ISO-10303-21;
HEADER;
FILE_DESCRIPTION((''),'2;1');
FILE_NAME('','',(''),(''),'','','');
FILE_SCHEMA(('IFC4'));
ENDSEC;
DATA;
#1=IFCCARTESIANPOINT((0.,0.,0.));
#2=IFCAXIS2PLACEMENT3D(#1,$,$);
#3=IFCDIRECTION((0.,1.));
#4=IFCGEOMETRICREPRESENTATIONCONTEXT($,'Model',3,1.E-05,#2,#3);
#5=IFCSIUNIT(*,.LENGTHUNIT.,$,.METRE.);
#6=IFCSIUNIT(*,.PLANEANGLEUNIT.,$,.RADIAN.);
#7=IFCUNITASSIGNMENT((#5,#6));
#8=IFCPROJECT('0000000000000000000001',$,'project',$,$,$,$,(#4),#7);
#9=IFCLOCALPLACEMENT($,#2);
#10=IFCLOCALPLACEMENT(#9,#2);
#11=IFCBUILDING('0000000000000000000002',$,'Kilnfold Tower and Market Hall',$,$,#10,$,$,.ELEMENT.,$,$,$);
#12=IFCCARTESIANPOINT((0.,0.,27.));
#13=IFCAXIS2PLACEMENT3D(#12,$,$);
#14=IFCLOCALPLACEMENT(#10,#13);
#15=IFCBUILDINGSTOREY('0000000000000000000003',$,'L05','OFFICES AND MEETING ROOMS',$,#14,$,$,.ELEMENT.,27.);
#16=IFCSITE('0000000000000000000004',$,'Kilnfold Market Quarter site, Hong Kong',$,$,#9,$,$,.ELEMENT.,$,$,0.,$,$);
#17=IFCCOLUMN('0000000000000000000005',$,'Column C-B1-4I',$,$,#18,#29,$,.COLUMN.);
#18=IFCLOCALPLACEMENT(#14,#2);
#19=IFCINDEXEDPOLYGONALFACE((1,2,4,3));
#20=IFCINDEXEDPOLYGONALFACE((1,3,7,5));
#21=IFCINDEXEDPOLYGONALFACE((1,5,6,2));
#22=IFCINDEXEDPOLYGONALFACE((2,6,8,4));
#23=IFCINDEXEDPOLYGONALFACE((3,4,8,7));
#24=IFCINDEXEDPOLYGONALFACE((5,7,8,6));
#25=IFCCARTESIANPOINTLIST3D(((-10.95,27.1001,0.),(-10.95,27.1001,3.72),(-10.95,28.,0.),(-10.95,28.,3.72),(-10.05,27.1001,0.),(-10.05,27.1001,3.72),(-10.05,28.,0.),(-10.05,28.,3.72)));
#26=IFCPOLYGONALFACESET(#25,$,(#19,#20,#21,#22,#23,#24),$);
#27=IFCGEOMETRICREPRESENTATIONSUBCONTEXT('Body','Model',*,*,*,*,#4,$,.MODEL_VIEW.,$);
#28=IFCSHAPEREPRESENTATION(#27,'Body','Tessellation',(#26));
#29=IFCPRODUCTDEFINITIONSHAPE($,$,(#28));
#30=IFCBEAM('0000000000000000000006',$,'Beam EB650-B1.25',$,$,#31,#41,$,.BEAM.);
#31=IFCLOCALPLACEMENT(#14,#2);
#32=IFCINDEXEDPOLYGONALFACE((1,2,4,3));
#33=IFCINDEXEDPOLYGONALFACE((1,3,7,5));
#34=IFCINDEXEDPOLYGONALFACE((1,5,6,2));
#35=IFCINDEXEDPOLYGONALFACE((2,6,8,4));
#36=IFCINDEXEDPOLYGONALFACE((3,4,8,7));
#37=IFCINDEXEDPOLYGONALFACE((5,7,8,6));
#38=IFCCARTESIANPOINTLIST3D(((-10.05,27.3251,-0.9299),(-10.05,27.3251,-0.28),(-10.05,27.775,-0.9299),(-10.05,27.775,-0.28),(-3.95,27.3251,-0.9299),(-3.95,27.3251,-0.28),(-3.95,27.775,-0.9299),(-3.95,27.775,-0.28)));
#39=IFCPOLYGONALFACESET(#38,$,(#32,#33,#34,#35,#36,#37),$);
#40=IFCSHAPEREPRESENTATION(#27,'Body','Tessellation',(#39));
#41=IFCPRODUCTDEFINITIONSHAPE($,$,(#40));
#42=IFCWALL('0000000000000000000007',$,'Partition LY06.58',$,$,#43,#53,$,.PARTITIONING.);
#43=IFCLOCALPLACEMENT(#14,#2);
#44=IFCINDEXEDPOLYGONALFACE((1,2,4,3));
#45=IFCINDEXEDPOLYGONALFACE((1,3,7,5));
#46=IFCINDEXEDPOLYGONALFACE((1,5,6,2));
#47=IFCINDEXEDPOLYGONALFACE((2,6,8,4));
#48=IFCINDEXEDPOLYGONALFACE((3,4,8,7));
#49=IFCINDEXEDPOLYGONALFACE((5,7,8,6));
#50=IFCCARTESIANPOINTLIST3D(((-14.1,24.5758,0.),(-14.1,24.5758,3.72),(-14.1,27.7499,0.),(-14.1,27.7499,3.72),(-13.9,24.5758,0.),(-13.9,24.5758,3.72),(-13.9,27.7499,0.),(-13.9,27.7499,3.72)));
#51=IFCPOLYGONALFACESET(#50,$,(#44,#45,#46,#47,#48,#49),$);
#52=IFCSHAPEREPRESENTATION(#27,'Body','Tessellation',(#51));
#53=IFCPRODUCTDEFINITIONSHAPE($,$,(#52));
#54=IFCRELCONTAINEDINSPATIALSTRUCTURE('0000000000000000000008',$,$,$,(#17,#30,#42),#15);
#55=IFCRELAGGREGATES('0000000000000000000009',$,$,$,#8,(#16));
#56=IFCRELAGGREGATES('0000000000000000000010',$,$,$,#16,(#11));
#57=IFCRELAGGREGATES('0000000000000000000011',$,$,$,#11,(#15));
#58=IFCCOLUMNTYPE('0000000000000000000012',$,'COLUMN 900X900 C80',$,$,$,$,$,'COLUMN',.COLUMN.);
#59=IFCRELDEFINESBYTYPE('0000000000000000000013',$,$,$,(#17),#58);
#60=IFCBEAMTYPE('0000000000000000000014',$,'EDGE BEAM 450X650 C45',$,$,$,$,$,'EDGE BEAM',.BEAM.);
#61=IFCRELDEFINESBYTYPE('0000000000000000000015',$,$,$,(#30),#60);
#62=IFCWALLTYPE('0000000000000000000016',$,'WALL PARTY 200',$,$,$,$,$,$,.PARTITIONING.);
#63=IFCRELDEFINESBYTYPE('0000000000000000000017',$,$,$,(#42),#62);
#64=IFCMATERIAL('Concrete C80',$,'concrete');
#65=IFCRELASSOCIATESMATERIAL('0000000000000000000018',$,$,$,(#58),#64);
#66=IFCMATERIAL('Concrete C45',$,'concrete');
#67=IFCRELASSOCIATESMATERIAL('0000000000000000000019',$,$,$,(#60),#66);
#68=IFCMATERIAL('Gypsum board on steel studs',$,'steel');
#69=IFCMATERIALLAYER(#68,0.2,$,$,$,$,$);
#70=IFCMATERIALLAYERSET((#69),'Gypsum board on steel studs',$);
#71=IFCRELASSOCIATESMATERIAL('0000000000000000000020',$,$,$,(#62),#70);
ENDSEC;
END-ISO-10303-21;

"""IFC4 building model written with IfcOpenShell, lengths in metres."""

from ifc_helpers import new_model, si_unit, direction, frame, frame_2d, origin, origin_2d, place, context, subcontext, project, spatial, rectangle, extrude, source, transform, mapped, material, layer, layer_set, material_profile, profile_set, type_object, element, save


model = new_model("IFC4")

# Units and contexts
model_context = context("Model", 3, precision=1e-05, world=origin(), true_north=direction((0.0, 1.0)))
body_context = subcontext(model_context, "Body", "Model", "MODEL_VIEW")
ifc_project = project(units=[si_unit("LENGTHUNIT", "METRE"), si_unit("PLANEANGLEUNIT", "RADIAN")], contexts=[model_context])

# Site, building, storey
site_placement = place(None, origin())
site = spatial("IfcSite", under=ifc_project, at=site_placement, Name="Kilnfold Market Quarter site, Hong Kong", CompositionType="ELEMENT", RefElevation=0.0)
building_placement = place(site_placement, origin())
building = spatial("IfcBuilding", under=site, at=building_placement, Name="Kilnfold Tower and Market Hall", CompositionType="ELEMENT")
storey_placement = place(building_placement, frame((0.0, 0.0, 27.0)))
storey = spatial("IfcBuildingStorey", under=building, at=storey_placement, Name="L05", Description="OFFICES AND MEETING ROOMS", CompositionType="ELEMENT", Elevation=27.0)

# Column
ifc_material_1 = material(Name="Concrete C80", Category="concrete")
ifc_material_profile_1 = material_profile(ifc_material_1, rectangle(XDim=0.8999, YDim=0.8999, at=origin_2d()), Name="RC 900x900")
ifc_profile_set_1 = profile_set([ifc_material_profile_1], Name="Concrete C80")
column_type = type_object("IfcColumnType", Name="COLUMN 900X900 C80", ElementType="COLUMN", PredefinedType="COLUMN", material=ifc_profile_set_1)
shared_shape_1 = source(origin(), body_context, "Body", "SweptSolid", [
    extrude(rectangle(XDim=0.8999, YDim=0.8999, at=origin_2d()), origin(), (0.0, 0.0, 1.0), 3.72),
])
column_placement = place(storey_placement, frame((-10.5, 27.55, 0.0), z_axis=(0.0, 0.0, 1.0), x_axis=(1.0, 0.0, 0.0)))
element("IfcColumn", 1, at=column_placement, inside=storey, type_object=column_type, Name="Column C-B1-4I", PredefinedType="COLUMN", context=body_context, shape_type="MappedRepresentation", body=[
    mapped(shared_shape_1, transform((0.0, 0.0, 0.0))),
])

# Beam
ifc_material_2 = material(Name="Concrete C45", Category="concrete")
ifc_material_profile_2 = material_profile(ifc_material_2, rectangle(XDim=0.45, YDim=0.6499, at=origin_2d()), Name="RC 450x650")
ifc_profile_set_2 = profile_set([ifc_material_profile_2], Name="Concrete C45")
beam_type = type_object("IfcBeamType", Name="EDGE BEAM 450X650 C45", ElementType="EDGE BEAM", PredefinedType="BEAM", material=ifc_profile_set_2)
shared_shape_2 = source(origin(), body_context, "Body", "SweptSolid", [
    extrude(rectangle(XDim=0.45, YDim=0.6499, at=origin_2d()), origin(), (0.0, 0.0, 1.0), 6.1001),
])
beam_placement = place(storey_placement, frame((-10.05, 27.55, -0.605), z_axis=(1.0, 0.0, 0.0), x_axis=(0.0, 1.0, 0.0)))
element("IfcBeam", 2, at=beam_placement, inside=storey, type_object=beam_type, Name="Beam EB650-B1.25", PredefinedType="BEAM", context=body_context, shape_type="MappedRepresentation", body=[
    mapped(shared_shape_2, transform((0.0, 0.0, 0.0))),
])

# Wall
ifc_material_3 = material(Name="Gypsum board on steel studs", Category="steel")
ifc_layer_1 = layer(ifc_material_3, 0.2)
ifc_layer_set_1 = layer_set([ifc_layer_1], Name="Gypsum board on steel studs")
wall_type_1 = type_object("IfcWallType", Name="WALL PARTY 200", PredefinedType="PARTITIONING", material=ifc_layer_set_1)
wall_1_placement = place(storey_placement, frame((-14.0, 24.5759, 0.0), z_axis=(0.0, 0.0, 1.0), x_axis=(0.0, 1.0, 0.0)))
element("IfcWall", 3, at=wall_1_placement, inside=storey, type_object=wall_type_1, Name="Partition LY06.58", PredefinedType="PARTITIONING", context=body_context, shape_type="SweptSolid", body=[
    extrude(rectangle(XDim=3.1741, YDim=0.2, at=frame_2d((1.5869, 0.0))), origin(), (0.0, 0.0, 1.0), 3.72),
])

save(model, "model.ifc")
